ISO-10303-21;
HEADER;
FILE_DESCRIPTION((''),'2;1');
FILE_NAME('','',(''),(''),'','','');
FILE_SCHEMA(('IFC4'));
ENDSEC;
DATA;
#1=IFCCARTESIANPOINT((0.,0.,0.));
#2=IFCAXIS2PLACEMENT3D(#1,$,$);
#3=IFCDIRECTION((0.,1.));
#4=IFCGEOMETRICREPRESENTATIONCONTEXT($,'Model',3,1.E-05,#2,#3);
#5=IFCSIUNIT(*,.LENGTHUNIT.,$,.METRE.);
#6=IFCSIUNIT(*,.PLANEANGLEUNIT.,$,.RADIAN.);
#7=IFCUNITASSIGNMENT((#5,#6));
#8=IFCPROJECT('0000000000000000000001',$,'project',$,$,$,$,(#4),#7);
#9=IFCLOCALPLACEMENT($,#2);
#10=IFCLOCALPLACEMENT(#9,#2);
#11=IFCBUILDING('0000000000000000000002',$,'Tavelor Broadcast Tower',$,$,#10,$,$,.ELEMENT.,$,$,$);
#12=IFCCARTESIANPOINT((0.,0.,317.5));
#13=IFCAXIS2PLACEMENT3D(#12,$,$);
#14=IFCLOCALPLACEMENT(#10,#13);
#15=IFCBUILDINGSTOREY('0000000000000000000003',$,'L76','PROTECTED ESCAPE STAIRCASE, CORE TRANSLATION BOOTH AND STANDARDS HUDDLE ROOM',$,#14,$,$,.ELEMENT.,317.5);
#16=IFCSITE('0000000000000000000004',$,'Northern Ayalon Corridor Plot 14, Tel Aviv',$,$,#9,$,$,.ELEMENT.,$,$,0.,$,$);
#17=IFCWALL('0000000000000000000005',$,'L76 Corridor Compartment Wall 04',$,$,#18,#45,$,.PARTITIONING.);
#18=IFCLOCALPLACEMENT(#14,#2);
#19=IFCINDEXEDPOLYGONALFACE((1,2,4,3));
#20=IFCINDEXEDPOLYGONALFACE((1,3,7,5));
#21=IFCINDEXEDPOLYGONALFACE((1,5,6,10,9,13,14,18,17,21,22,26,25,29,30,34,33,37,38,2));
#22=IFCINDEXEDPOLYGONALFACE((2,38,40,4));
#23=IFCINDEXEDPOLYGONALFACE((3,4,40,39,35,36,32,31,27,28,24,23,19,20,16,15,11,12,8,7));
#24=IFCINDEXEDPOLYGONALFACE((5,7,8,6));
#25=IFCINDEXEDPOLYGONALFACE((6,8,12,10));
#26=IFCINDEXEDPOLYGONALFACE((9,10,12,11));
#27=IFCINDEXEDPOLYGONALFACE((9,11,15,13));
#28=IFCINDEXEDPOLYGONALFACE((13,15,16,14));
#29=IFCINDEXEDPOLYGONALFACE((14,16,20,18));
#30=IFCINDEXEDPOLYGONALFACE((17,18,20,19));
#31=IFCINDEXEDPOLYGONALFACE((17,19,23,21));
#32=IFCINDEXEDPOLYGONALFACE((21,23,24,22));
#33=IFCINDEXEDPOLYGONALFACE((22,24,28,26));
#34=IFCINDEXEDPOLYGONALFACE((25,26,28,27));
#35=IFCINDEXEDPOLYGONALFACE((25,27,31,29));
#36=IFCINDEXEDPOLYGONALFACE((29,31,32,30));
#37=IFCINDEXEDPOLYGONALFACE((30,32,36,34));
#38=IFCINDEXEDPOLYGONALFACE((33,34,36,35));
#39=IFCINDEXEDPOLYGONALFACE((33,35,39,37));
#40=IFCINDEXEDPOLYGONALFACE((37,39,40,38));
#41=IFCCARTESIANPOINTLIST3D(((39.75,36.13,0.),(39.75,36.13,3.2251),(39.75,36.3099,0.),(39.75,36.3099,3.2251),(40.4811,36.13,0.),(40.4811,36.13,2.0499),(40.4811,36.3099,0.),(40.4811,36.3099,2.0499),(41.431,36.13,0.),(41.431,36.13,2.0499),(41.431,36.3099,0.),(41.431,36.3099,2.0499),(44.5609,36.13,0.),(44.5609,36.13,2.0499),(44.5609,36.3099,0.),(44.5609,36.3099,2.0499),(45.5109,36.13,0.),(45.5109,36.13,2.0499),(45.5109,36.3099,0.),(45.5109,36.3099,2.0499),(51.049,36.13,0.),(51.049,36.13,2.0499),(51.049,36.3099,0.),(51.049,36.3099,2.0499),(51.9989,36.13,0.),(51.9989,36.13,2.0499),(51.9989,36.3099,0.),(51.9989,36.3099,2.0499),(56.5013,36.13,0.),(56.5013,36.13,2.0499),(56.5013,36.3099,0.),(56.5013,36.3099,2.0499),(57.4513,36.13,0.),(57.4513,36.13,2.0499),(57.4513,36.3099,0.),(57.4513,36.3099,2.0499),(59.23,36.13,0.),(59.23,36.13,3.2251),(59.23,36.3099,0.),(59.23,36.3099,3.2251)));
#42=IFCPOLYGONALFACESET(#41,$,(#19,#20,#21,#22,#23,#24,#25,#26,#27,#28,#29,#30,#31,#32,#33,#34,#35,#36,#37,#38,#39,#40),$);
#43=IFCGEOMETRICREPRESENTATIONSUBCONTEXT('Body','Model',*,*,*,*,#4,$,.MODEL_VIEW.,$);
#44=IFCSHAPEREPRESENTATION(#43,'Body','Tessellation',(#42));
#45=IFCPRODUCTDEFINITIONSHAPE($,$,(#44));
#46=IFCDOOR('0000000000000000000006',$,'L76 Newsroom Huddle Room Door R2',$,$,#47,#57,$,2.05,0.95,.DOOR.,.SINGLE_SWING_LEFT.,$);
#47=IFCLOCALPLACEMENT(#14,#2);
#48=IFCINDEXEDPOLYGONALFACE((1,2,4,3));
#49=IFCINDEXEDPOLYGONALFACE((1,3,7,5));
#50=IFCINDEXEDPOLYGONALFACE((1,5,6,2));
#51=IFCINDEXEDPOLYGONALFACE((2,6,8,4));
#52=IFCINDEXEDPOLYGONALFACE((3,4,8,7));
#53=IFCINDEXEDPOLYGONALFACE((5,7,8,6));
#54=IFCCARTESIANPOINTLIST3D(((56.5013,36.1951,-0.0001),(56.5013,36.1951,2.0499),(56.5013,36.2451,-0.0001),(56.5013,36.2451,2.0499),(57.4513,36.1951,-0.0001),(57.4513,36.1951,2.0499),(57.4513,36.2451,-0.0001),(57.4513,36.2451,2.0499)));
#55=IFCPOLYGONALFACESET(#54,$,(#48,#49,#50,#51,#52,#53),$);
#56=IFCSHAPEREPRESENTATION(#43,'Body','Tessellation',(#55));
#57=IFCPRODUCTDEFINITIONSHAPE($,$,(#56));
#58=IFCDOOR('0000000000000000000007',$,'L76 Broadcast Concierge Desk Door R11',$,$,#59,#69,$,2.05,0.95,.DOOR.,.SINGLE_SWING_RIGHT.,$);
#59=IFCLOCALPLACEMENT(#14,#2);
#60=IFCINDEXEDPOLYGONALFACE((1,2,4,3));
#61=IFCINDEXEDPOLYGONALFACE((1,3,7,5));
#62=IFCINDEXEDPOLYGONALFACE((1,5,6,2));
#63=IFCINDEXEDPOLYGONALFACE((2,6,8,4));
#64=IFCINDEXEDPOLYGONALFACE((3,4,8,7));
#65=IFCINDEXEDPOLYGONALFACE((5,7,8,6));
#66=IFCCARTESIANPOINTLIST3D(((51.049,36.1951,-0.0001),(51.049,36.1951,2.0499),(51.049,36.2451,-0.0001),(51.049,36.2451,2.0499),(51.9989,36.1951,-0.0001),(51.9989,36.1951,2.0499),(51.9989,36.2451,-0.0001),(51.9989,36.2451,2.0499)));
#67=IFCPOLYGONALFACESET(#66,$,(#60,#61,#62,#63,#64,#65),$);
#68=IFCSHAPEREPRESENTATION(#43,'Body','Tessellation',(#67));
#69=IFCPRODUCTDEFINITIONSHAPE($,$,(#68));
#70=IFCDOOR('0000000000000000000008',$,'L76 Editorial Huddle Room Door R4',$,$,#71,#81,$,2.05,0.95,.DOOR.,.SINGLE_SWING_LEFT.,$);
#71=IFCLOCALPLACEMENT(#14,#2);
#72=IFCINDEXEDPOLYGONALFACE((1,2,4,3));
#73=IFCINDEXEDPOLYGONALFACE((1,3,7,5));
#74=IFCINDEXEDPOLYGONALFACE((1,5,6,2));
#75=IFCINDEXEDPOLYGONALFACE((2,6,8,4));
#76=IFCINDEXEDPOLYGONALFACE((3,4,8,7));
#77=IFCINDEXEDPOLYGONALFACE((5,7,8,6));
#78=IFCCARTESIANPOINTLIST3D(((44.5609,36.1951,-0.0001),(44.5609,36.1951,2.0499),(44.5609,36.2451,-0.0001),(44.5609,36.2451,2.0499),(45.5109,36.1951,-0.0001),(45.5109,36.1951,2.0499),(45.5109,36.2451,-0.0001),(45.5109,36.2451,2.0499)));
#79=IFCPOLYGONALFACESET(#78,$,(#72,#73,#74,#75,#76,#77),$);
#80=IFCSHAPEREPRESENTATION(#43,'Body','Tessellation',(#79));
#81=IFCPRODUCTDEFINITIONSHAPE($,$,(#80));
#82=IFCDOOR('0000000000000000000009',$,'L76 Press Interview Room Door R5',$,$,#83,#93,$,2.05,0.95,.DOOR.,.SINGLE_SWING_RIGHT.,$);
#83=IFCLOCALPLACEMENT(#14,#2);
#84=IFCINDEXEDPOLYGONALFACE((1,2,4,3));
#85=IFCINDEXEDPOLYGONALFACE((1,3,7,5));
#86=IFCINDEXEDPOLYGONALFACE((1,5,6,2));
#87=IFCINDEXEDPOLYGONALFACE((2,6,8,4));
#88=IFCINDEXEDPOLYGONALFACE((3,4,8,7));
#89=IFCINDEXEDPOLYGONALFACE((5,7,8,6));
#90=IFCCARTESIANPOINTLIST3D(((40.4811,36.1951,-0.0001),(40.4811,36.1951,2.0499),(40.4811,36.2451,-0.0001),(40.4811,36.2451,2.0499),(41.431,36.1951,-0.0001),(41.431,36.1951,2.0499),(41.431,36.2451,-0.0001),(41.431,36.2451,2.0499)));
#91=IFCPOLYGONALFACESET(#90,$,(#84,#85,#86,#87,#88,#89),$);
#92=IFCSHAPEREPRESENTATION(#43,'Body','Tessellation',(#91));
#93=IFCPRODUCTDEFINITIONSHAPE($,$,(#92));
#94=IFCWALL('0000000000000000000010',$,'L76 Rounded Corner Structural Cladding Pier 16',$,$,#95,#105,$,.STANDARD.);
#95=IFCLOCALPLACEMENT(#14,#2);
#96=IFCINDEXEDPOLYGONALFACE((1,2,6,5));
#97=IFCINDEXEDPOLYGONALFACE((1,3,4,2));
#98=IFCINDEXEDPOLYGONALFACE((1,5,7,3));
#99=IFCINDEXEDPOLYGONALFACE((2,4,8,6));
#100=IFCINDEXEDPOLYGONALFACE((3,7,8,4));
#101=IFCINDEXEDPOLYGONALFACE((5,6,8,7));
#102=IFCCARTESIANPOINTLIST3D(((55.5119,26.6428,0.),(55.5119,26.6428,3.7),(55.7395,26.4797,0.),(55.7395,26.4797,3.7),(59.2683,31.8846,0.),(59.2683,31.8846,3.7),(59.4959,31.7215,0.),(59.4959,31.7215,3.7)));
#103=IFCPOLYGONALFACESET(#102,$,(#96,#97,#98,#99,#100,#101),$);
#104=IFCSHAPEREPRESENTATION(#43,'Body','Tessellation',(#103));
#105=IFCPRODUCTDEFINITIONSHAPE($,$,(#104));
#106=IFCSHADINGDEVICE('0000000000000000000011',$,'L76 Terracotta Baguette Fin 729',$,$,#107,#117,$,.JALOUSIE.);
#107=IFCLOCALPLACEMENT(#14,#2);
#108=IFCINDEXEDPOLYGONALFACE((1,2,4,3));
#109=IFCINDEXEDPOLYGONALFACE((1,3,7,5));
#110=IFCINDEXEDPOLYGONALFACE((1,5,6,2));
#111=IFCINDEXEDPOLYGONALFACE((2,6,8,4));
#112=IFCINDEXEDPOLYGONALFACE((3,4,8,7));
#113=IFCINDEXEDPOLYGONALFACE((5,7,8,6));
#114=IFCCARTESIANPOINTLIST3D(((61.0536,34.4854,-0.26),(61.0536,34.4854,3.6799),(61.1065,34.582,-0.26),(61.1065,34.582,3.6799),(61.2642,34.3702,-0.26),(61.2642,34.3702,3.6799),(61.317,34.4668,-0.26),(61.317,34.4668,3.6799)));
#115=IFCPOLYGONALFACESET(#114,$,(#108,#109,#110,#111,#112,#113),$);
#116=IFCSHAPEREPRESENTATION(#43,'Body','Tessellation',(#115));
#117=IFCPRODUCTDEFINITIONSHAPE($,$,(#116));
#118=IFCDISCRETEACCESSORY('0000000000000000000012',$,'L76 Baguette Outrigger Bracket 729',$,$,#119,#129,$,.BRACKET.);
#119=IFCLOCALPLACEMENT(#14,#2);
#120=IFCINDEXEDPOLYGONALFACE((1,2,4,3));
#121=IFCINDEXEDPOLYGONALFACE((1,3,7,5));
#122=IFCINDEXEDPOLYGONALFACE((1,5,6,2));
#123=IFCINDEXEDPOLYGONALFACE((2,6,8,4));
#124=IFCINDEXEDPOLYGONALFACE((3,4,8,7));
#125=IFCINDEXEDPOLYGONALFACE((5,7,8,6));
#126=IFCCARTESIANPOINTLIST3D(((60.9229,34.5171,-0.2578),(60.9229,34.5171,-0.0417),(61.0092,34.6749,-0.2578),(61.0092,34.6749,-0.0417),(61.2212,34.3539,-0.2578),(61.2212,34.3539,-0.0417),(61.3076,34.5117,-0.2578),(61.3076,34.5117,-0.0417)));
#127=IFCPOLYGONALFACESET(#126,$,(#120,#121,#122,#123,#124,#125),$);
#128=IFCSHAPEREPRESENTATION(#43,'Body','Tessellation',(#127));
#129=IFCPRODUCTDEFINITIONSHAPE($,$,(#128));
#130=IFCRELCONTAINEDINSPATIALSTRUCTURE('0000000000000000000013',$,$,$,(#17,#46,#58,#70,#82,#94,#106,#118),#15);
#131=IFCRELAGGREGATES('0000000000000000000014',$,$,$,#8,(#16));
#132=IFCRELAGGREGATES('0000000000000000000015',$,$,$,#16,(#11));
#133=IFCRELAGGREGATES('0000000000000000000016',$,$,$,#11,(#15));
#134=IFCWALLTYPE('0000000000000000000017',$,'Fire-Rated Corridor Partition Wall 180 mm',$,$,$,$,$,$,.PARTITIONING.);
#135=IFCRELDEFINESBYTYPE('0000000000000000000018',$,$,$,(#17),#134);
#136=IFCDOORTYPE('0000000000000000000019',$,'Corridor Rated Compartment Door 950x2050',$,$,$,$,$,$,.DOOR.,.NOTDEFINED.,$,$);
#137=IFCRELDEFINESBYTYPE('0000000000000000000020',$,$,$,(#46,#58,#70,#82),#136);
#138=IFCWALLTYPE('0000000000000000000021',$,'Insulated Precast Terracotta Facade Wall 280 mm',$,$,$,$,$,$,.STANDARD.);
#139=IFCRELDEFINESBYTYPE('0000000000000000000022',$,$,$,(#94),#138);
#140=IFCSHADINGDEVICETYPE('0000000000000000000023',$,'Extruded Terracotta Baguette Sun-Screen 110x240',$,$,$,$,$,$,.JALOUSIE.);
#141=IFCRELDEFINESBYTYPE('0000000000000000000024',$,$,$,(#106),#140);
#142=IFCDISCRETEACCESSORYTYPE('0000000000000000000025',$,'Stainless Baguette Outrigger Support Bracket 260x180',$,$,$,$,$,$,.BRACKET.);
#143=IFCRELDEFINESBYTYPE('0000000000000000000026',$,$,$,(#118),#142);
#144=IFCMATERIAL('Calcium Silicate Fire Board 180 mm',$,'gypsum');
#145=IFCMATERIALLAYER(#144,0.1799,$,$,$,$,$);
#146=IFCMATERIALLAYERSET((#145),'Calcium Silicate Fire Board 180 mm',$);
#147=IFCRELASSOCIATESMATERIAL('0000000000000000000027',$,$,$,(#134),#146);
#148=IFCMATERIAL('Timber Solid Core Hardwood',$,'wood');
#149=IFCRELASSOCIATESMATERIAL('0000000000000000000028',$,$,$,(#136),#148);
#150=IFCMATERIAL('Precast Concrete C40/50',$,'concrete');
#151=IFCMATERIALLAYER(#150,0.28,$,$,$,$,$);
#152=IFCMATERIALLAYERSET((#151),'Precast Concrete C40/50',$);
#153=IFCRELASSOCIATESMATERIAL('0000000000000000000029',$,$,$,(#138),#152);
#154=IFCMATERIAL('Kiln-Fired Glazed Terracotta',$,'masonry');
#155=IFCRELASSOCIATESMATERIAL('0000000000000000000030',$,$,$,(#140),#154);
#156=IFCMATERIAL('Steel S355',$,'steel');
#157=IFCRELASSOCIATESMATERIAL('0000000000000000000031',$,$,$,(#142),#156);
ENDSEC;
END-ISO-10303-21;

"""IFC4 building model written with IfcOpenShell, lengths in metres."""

from ifc_helpers import new_model, si_unit, direction, frame, frame_2d, origin, origin_2d, place, context, subcontext, project, spatial, rectangle, extrude, source, transform, mapped, material, layer, layer_set, type_object, type_shapes, element, fill, save


model = new_model("IFC4")

# Units and contexts
model_context = context("Model", 3, precision=1e-05, world=origin(), true_north=direction((0.0, 1.0)))
body_context = subcontext(model_context, "Body", "Model", "MODEL_VIEW")
ifc_project = project(units=[si_unit("LENGTHUNIT", "METRE"), si_unit("PLANEANGLEUNIT", "RADIAN")], contexts=[model_context])

# Site, building, storey
site_placement = place(None, origin())
site = spatial("IfcSite", under=ifc_project, at=site_placement, Name="Northern Ayalon Corridor Plot 14, Tel Aviv", CompositionType="ELEMENT", RefElevation=0.0)
building_placement = place(site_placement, origin())
building = spatial("IfcBuilding", under=site, at=building_placement, Name="Tavelor Broadcast Tower", CompositionType="ELEMENT")
storey_placement = place(building_placement, frame((0.0, 0.0, 317.5)))
storey = spatial("IfcBuildingStorey", under=building, at=storey_placement, Name="L76", Description="PROTECTED ESCAPE STAIRCASE, CORE TRANSLATION BOOTH AND STANDARDS HUDDLE ROOM", CompositionType="ELEMENT", Elevation=317.5)

# Shared definitions
ifc_material_1 = material(Name="Steel S355", Category="steel")

# Wall, openings, doors
ifc_material_2 = material(Name="Calcium Silicate Fire Board 180 mm", Category="gypsum")
ifc_layer_1 = layer(ifc_material_2, 0.1799)
ifc_layer_set_1 = layer_set([ifc_layer_1], Name="Calcium Silicate Fire Board 180 mm")
wall_type_1 = type_object("IfcWallType", Name="Fire-Rated Corridor Partition Wall 180 mm", PredefinedType="PARTITIONING", material=ifc_layer_set_1)
wall_1_placement = place(storey_placement, frame((59.23, 36.22, 0.0), z_axis=(0.0, 0.0, 1.0), x_axis=(-1.0, 0.0, 0.0)))
wall_1 = element("IfcWall", 1, at=wall_1_placement, inside=storey, type_object=wall_type_1, Name="L76 Corridor Compartment Wall 04", PredefinedType="PARTITIONING", context=body_context, shape_type="SweptSolid", body=[
    extrude(rectangle(XDim=19.48, YDim=0.1799, at=frame_2d((9.74, 0.0))), origin(), (0.0, 0.0, 1.0), 3.2251),
])
opening_1_placement = place(wall_1_placement, frame((1.7786, 0.0, 0.0)))
opening_1 = element("IfcOpeningElement", 2, at=opening_1_placement, cuts=wall_1, PredefinedType="OPENING", context=body_context, shape_type="SweptSolid", body=[
    extrude(rectangle(XDim=0.95, YDim=2.05, at=frame_2d((0.4751, 1.0249))), frame((0.0, 0.1001, 0.0), z_axis=(0.0, -1.0, 0.0), x_axis=(1.0, 0.0, 0.0)), (0.0, 0.0, 1.0), 0.2),
])
opening_2_placement = place(wall_1_placement, frame((7.231, 0.0, 0.0)))
opening_2 = element("IfcOpeningElement", 3, at=opening_2_placement, cuts=wall_1, PredefinedType="OPENING", context=body_context, shape_type="SweptSolid", body=[
    extrude(rectangle(XDim=0.95, YDim=2.05, at=frame_2d((0.4751, 1.0249))), frame((0.0, 0.1001, 0.0), z_axis=(0.0, -1.0, 0.0), x_axis=(1.0, 0.0, 0.0)), (0.0, 0.0, 1.0), 0.2),
])
opening_3_placement = place(wall_1_placement, frame((13.719, 0.0, 0.0)))
opening_3 = element("IfcOpeningElement", 4, at=opening_3_placement, cuts=wall_1, PredefinedType="OPENING", context=body_context, shape_type="SweptSolid", body=[
    extrude(rectangle(XDim=0.95, YDim=2.05, at=frame_2d((0.4751, 1.0249))), frame((0.0, 0.1001, 0.0), z_axis=(0.0, -1.0, 0.0), x_axis=(1.0, 0.0, 0.0)), (0.0, 0.0, 1.0), 0.2),
])
opening_4_placement = place(wall_1_placement, frame((17.7988, 0.0, 0.0)))
opening_4 = element("IfcOpeningElement", 5, at=opening_4_placement, cuts=wall_1, PredefinedType="OPENING", context=body_context, shape_type="SweptSolid", body=[
    extrude(rectangle(XDim=0.95, YDim=2.05, at=frame_2d((0.4751, 1.0249))), frame((0.0, 0.1001, 0.0), z_axis=(0.0, -1.0, 0.0), x_axis=(1.0, 0.0, 0.0)), (0.0, 0.0, 1.0), 0.2),
])
ifc_material_3 = material(Name="Timber Solid Core Hardwood", Category="wood")
door_type = type_object("IfcDoorType", Name="Corridor Rated Compartment Door 950x2050", OperationType="NOTDEFINED", PredefinedType="DOOR", material=ifc_material_3)
door_1_placement = place(opening_1_placement, origin())
door_1 = element("IfcDoor", 6, at=door_1_placement, inside=storey, type_object=door_type, Name="L76 Newsroom Huddle Room Door R2", OperationType="SINGLE_SWING_LEFT", OverallHeight=2.05, OverallWidth=0.95, PredefinedType="DOOR", context=body_context, shape_type="SweptSolid", body=[
    extrude(rectangle(XDim=0.95, YDim=2.05, at=frame_2d((0.4751, 1.0249))), frame((0.0, 0.0249, 0.0), z_axis=(0.0, -1.0, 0.0), x_axis=(1.0, 0.0, 0.0)), (0.0, 0.0, 1.0), 0.05),
])
fill(opening_1, door_1)
door_2_placement = place(opening_2_placement, origin())
door_2 = element("IfcDoor", 7, at=door_2_placement, inside=storey, type_object=door_type, Name="L76 Broadcast Concierge Desk Door R11", OperationType="SINGLE_SWING_RIGHT", OverallHeight=2.05, OverallWidth=0.95, PredefinedType="DOOR", context=body_context, shape_type="SweptSolid", body=[
    extrude(rectangle(XDim=0.95, YDim=2.05, at=frame_2d((0.4751, 1.0249))), frame((0.0, 0.0249, 0.0), z_axis=(0.0, -1.0, 0.0), x_axis=(1.0, 0.0, 0.0)), (0.0, 0.0, 1.0), 0.05),
])
fill(opening_2, door_2)
door_3_placement = place(opening_3_placement, origin())
door_3 = element("IfcDoor", 8, at=door_3_placement, inside=storey, type_object=door_type, Name="L76 Editorial Huddle Room Door R4", OperationType="SINGLE_SWING_LEFT", OverallHeight=2.05, OverallWidth=0.95, PredefinedType="DOOR", context=body_context, shape_type="SweptSolid", body=[
    extrude(rectangle(XDim=0.95, YDim=2.05, at=frame_2d((0.4751, 1.0249))), frame((0.0, 0.0249, 0.0), z_axis=(0.0, -1.0, 0.0), x_axis=(1.0, 0.0, 0.0)), (0.0, 0.0, 1.0), 0.05),
])
fill(opening_3, door_3)
door_4_placement = place(opening_4_placement, origin())
door_4 = element("IfcDoor", 9, at=door_4_placement, inside=storey, type_object=door_type, Name="L76 Press Interview Room Door R5", OperationType="SINGLE_SWING_RIGHT", OverallHeight=2.05, OverallWidth=0.95, PredefinedType="DOOR", context=body_context, shape_type="SweptSolid", body=[
    extrude(rectangle(XDim=0.95, YDim=2.05, at=frame_2d((0.4751, 1.0249))), frame((0.0, 0.0249, 0.0), z_axis=(0.0, -1.0, 0.0), x_axis=(1.0, 0.0, 0.0)), (0.0, 0.0, 1.0), 0.05),
])
fill(opening_4, door_4)

# Wall
ifc_material_4 = material(Name="Precast Concrete C40/50", Category="concrete")
ifc_layer_2 = layer(ifc_material_4, 0.28)
ifc_layer_set_2 = layer_set([ifc_layer_2], Name="Precast Concrete C40/50")
wall_type_2 = type_object("IfcWallType", Name="Insulated Precast Terracotta Facade Wall 280 mm", PredefinedType="STANDARD", material=ifc_layer_set_2)
wall_2_placement = place(storey_placement, frame((55.6257, 26.5613, 0.0), z_axis=(0.0, 0.0, 1.0), x_axis=(0.582498, 0.812832, 0.0)))
element("IfcWall", 10, at=wall_2_placement, inside=storey, type_object=wall_type_2, Name="L76 Rounded Corner Structural Cladding Pier 16", PredefinedType="STANDARD", context=body_context, shape_type="SweptSolid", body=[
    extrude(rectangle(XDim=6.4487, YDim=0.28, at=frame_2d((3.2244, 0.0))), origin(), (0.0, 0.0, 1.0), 3.7),
])

# Shading device
ifc_material_5 = material(Name="Kiln-Fired Glazed Terracotta", Category="masonry")
shading_device_type = type_object("IfcShadingDeviceType", Name="Extruded Terracotta Baguette Sun-Screen 110x240", PredefinedType="JALOUSIE", material=ifc_material_5)
shared_shape_1 = source(origin(), body_context, "Body", "SweptSolid", [
    extrude(rectangle(XDim=0.1101, YDim=0.24, at=origin_2d()), origin(), (0.0, 0.0, 1.0), 3.9399),
])
type_shapes(shading_device_type, [shared_shape_1])
shading_device_placement = place(storey_placement, frame((61.1853, 34.4761, -0.26), z_axis=(0.0, 0.0, 1.0), x_axis=(0.479917, 0.877314, 0.0)))
element("IfcShadingDevice", 11, at=shading_device_placement, inside=storey, type_object=shading_device_type, Name="L76 Terracotta Baguette Fin 729", PredefinedType="JALOUSIE", context=body_context, shape_type="MappedRepresentation", body=[
    mapped(shared_shape_1, transform((0.0, 0.0, 0.0), scale=1.0)),
])

# Discrete accessory
discrete_accessory_type = type_object("IfcDiscreteAccessoryType", Name="Stainless Baguette Outrigger Support Bracket 260x180", PredefinedType="BRACKET", material=ifc_material_1)
shared_shape_2 = source(origin(), body_context, "Body", "SweptSolid", [
    extrude(rectangle(XDim=0.1799, YDim=0.3401, at=origin_2d()), origin(), (0.0, 0.0, 1.0), 0.2161),
])
type_shapes(discrete_accessory_type, [shared_shape_2])
discrete_accessory_placement = place(storey_placement, frame((61.1152, 34.5144, -0.2578), z_axis=(0.0, 0.0, 1.0), x_axis=(0.479917, 0.877314, 0.0)))
element("IfcDiscreteAccessory", 12, at=discrete_accessory_placement, inside=storey, type_object=discrete_accessory_type, Name="L76 Baguette Outrigger Bracket 729", PredefinedType="BRACKET", context=body_context, shape_type="MappedRepresentation", body=[
    mapped(shared_shape_2, transform((0.0, 0.0, 0.0), scale=1.0)),
])

save(model, "model.ifc")
